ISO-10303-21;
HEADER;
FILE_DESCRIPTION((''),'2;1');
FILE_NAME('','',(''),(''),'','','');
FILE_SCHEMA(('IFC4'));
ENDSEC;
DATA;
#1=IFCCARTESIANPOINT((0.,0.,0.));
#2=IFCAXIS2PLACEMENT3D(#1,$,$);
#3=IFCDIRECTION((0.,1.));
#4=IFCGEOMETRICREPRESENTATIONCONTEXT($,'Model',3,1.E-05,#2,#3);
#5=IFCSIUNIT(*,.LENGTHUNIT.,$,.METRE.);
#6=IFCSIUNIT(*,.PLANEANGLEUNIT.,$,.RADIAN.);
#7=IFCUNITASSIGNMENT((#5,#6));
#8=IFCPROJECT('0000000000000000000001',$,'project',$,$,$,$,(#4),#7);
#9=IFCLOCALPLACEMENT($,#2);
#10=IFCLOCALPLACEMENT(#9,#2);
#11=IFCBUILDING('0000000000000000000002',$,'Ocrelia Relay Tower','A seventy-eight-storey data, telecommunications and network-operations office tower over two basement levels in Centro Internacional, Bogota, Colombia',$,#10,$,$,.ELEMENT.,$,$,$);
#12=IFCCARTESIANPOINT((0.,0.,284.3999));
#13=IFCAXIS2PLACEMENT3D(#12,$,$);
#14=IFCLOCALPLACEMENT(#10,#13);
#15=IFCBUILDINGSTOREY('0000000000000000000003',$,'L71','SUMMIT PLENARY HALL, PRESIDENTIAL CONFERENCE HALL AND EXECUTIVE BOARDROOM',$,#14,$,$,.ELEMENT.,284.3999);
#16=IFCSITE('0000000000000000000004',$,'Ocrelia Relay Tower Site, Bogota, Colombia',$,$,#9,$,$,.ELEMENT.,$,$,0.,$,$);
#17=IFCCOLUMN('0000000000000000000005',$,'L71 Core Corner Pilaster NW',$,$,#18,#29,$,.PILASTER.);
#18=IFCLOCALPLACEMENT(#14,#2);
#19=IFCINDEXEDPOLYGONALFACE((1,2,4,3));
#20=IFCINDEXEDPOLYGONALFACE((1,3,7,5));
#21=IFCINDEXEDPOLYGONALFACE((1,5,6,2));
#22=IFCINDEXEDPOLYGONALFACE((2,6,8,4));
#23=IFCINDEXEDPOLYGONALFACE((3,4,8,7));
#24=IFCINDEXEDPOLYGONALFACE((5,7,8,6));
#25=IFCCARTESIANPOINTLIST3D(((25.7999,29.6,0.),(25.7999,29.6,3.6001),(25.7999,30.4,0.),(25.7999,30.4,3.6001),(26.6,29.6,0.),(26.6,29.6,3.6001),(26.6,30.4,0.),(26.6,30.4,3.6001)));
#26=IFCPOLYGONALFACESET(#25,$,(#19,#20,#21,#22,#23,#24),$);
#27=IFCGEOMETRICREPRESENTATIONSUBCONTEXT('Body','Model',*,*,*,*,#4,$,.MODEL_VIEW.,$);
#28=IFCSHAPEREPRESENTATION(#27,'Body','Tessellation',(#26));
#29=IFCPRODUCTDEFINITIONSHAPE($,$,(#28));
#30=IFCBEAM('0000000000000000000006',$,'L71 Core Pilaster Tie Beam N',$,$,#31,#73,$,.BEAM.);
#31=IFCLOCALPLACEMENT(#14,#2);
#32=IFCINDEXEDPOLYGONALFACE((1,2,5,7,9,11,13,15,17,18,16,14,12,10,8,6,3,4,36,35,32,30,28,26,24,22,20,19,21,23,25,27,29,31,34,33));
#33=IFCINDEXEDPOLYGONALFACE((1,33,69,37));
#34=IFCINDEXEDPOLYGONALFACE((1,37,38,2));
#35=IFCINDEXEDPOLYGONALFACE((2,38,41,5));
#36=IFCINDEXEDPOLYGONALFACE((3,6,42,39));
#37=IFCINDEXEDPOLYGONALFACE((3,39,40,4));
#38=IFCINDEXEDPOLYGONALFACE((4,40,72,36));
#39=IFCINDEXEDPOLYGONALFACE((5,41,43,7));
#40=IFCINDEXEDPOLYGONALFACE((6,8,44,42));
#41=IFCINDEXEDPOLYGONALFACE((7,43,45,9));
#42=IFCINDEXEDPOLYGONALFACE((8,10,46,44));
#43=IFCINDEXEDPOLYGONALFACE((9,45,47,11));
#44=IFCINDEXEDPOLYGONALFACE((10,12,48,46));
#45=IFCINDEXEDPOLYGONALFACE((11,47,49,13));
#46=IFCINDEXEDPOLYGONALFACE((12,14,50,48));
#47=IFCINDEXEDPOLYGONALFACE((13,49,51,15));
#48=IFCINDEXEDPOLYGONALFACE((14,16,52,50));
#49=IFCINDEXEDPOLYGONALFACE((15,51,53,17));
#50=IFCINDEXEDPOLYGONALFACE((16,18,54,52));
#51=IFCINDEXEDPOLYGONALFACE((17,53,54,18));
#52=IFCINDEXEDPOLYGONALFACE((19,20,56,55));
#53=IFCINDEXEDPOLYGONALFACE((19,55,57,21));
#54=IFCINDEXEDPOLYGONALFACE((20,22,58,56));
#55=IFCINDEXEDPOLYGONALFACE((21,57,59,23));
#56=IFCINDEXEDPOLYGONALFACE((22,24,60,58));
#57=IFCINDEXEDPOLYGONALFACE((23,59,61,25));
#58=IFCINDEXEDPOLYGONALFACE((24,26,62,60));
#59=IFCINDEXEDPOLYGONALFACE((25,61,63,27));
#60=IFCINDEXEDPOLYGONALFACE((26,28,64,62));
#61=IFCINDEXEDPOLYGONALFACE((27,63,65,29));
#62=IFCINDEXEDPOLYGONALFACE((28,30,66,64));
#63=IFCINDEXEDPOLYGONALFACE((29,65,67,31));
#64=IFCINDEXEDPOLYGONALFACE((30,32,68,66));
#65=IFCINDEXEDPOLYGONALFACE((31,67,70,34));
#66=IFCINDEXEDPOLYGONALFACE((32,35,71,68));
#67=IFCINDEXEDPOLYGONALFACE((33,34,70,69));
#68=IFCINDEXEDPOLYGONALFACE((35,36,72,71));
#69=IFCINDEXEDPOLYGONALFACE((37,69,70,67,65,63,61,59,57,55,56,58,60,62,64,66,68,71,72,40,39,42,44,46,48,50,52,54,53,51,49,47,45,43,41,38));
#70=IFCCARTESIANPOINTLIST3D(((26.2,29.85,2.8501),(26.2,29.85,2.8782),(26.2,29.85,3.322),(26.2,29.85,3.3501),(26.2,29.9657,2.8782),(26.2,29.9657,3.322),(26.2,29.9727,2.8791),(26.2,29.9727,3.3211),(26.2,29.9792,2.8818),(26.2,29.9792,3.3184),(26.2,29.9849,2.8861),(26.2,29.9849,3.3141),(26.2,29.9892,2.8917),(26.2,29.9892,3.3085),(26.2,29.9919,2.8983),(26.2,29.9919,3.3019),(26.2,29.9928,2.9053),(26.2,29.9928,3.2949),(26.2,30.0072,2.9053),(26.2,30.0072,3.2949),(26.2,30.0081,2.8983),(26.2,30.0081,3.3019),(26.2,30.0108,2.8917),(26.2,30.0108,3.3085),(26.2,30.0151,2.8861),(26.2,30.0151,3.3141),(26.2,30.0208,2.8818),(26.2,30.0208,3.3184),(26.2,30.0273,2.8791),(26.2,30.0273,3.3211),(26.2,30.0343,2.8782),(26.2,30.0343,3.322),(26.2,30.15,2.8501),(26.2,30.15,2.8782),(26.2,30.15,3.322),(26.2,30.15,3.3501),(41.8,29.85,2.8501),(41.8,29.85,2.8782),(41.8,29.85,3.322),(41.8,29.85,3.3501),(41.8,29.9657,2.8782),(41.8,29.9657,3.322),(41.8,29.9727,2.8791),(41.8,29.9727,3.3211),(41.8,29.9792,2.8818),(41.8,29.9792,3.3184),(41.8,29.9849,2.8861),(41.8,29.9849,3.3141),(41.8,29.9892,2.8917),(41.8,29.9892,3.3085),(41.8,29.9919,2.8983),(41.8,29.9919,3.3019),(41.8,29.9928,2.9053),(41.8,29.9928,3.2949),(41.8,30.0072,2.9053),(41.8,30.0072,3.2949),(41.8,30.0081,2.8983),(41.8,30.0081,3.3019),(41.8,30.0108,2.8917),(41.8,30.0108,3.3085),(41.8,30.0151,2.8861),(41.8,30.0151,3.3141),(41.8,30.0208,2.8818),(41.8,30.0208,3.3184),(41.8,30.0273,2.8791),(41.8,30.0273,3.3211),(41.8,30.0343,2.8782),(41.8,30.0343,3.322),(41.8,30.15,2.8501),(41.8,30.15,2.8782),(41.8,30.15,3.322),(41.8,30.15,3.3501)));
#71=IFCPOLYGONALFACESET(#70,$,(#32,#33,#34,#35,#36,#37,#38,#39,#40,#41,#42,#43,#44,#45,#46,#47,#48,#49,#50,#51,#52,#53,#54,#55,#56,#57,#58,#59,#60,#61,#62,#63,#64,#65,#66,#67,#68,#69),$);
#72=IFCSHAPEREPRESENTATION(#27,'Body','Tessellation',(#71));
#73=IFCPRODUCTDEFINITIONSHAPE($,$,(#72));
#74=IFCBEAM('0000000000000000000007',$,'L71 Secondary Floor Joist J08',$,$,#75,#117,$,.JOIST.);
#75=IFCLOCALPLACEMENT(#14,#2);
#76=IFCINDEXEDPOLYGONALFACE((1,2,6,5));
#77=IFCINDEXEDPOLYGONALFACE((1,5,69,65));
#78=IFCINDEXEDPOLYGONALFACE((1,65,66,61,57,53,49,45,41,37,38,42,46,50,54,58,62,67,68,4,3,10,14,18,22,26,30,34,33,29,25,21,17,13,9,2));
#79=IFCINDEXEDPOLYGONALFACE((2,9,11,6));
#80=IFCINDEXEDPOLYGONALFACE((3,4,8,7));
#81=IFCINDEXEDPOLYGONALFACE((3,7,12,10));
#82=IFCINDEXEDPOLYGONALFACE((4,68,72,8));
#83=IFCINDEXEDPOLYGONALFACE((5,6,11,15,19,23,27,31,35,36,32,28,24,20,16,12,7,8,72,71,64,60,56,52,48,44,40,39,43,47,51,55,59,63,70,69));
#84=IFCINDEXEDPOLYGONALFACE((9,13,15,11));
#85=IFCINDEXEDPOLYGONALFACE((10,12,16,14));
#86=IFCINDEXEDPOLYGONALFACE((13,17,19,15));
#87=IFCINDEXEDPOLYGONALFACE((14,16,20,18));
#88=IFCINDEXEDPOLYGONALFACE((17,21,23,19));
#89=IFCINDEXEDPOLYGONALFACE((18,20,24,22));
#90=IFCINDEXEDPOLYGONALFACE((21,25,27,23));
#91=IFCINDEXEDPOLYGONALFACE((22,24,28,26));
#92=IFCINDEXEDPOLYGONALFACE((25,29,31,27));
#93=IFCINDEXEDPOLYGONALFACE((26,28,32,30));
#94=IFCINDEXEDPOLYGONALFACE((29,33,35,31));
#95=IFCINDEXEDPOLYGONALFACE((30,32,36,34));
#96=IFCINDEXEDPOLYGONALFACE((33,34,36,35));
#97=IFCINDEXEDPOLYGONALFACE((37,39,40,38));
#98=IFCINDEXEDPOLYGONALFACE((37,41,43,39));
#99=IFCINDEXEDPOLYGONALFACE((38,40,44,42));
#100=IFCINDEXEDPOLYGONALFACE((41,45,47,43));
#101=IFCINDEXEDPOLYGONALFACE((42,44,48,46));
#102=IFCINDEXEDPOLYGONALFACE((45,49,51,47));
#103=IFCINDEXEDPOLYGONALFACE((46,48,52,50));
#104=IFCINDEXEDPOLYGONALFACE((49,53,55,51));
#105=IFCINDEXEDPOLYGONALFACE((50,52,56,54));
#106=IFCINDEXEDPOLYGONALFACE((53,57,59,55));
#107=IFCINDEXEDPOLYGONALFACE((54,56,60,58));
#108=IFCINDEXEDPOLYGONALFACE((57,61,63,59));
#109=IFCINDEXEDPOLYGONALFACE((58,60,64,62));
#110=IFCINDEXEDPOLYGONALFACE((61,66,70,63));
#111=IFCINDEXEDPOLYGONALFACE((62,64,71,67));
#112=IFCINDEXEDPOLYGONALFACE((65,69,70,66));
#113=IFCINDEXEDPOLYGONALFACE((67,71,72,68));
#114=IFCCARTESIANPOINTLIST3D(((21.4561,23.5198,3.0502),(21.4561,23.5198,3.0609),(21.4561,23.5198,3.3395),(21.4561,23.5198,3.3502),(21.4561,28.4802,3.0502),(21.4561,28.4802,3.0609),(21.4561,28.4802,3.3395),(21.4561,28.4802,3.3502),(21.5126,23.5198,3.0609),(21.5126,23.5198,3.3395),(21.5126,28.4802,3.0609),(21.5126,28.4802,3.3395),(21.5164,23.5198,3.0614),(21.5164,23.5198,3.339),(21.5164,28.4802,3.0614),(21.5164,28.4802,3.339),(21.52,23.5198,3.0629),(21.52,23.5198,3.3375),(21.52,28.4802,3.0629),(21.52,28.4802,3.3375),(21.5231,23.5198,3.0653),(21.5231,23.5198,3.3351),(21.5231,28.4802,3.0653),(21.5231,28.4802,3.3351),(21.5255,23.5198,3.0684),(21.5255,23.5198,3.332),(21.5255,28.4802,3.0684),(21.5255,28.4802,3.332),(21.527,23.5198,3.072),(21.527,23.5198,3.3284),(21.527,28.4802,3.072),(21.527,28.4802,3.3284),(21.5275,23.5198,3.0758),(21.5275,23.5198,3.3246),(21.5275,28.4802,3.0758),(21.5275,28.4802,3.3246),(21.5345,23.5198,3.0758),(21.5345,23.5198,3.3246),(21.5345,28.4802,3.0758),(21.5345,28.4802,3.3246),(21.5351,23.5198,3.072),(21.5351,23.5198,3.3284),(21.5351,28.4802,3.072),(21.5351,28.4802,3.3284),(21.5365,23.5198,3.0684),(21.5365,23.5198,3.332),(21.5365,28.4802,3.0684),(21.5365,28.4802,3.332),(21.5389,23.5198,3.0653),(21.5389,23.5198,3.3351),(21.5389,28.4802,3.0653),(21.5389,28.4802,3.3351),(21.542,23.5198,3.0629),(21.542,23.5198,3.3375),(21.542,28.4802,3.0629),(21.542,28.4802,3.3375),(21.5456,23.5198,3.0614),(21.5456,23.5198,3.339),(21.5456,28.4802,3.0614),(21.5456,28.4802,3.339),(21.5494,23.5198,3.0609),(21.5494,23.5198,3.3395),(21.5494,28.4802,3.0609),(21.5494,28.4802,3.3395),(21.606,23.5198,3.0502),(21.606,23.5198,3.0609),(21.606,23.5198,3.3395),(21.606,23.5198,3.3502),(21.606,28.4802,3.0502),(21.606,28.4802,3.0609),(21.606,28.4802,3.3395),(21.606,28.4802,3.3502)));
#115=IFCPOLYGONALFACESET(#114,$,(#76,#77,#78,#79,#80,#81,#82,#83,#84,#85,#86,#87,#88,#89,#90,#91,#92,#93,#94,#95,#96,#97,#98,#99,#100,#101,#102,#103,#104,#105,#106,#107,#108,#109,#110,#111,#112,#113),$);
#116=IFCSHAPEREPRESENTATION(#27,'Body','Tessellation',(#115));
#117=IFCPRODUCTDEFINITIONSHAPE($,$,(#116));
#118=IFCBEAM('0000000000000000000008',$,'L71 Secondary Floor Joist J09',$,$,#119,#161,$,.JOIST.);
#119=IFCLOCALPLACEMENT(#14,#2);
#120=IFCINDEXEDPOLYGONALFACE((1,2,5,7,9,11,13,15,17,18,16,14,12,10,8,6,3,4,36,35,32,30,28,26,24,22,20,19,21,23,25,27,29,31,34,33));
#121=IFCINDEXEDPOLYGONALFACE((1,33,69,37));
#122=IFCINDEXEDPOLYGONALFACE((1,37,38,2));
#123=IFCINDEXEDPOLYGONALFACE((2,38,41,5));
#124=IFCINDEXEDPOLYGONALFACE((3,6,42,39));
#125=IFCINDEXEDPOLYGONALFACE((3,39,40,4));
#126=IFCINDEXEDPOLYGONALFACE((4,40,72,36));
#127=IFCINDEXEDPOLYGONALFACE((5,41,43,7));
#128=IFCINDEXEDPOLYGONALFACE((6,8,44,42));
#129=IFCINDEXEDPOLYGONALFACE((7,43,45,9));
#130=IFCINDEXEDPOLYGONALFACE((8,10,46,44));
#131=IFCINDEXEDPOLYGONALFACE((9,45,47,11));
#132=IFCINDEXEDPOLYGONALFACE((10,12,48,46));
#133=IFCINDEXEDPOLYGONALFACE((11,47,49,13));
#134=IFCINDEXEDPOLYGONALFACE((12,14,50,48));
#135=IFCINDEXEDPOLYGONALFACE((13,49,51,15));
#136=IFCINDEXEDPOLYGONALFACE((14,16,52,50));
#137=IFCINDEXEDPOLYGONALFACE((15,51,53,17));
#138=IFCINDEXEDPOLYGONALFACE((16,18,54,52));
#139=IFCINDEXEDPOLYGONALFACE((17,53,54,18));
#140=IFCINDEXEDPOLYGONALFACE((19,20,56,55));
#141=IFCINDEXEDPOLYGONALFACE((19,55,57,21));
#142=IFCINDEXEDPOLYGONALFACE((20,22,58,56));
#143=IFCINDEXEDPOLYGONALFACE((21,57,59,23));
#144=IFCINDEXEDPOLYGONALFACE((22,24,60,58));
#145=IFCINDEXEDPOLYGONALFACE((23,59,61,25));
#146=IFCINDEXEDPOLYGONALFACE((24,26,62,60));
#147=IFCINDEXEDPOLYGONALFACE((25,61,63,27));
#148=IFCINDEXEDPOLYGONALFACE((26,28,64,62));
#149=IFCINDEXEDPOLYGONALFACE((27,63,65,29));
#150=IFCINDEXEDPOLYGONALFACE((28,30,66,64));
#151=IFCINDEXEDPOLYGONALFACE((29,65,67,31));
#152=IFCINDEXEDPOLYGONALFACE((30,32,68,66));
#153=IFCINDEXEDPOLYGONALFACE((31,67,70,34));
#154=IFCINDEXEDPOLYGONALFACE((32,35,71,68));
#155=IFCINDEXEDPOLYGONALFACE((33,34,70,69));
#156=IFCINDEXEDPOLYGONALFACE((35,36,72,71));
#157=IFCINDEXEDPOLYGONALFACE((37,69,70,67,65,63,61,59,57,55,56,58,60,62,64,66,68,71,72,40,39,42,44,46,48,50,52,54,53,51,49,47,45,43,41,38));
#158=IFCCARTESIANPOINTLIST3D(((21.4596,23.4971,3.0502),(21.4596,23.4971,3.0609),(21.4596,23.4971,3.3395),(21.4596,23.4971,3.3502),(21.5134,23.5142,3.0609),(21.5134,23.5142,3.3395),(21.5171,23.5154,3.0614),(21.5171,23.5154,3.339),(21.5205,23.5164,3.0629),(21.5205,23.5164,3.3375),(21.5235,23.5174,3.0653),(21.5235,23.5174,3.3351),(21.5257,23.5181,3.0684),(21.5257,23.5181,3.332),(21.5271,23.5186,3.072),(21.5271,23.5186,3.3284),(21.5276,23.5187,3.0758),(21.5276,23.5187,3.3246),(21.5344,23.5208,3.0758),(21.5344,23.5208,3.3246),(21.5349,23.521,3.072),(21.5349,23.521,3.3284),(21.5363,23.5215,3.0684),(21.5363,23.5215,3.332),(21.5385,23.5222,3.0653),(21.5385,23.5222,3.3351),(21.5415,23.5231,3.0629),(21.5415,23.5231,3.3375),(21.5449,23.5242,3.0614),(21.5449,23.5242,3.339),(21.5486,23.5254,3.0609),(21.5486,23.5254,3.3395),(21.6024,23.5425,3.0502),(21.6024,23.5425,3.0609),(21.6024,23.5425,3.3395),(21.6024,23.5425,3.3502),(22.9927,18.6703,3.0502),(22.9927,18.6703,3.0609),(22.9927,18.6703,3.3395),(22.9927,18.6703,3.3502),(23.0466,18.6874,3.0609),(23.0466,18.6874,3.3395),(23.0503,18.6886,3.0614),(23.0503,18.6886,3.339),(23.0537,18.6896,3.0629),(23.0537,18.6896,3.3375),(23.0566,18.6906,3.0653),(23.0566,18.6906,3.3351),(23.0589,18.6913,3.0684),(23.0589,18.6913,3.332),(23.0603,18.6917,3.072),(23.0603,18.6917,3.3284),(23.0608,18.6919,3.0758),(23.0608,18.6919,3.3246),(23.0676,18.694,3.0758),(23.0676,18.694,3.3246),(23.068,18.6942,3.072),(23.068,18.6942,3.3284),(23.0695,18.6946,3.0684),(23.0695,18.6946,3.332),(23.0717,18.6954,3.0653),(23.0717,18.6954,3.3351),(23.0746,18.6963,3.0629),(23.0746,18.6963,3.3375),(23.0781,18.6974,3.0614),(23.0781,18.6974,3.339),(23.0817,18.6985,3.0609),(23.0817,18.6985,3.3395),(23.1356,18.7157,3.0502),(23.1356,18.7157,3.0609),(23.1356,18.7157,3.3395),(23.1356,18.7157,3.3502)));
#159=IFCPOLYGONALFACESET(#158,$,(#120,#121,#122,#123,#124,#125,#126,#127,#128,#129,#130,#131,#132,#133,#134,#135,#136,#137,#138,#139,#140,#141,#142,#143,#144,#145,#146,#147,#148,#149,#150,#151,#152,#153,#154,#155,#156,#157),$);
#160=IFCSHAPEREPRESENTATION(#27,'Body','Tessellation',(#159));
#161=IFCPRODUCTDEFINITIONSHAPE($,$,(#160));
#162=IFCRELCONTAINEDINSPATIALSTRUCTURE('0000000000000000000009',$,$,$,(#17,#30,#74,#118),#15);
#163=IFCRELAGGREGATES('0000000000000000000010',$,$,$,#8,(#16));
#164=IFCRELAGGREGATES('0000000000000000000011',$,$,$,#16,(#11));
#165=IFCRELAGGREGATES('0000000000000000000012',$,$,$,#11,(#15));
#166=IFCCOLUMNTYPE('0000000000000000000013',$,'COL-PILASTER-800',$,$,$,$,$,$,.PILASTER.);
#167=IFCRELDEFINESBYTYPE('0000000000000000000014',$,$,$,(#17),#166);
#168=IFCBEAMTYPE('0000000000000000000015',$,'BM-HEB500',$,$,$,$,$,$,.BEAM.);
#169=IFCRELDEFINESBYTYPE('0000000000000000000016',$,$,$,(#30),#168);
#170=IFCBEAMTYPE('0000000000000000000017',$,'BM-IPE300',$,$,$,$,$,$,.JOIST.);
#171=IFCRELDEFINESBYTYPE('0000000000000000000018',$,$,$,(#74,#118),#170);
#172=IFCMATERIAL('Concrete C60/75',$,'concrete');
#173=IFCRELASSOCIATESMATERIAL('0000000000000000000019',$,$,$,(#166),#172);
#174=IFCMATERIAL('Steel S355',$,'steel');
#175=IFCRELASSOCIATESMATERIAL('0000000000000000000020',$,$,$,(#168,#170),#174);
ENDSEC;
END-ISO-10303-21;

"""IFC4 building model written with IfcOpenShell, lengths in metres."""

from ifc_helpers import new_model, si_unit, direction, frame, origin, origin_2d, place, context, subcontext, project, spatial, rectangle, i_section, extrude, material, material_profile, profile_set, type_object, element, save


model = new_model("IFC4")

# Units and contexts
model_context = context("Model", 3, precision=1e-05, world=origin(), true_north=direction((0.0, 1.0)))
body_context = subcontext(model_context, "Body", "Model", "MODEL_VIEW")
ifc_project = project(units=[si_unit("LENGTHUNIT", "METRE"), si_unit("PLANEANGLEUNIT", "RADIAN")], contexts=[model_context])

# Site, building, storey
site_placement = place(None, origin())
site = spatial("IfcSite", under=ifc_project, at=site_placement, Name="Ocrelia Relay Tower Site, Bogota, Colombia", CompositionType="ELEMENT", RefElevation=0.0)
building_placement = place(site_placement, origin())
building = spatial("IfcBuilding", under=site, at=building_placement, Name="Ocrelia Relay Tower", Description="A seventy-eight-storey data, telecommunications and network-operations office tower over two basement levels in Centro Internacional, Bogota, Colombia", CompositionType="ELEMENT")
storey_placement = place(building_placement, frame((0.0, 0.0, 284.3999)))
storey = spatial("IfcBuildingStorey", under=building, at=storey_placement, Name="L71", Description="SUMMIT PLENARY HALL, PRESIDENTIAL CONFERENCE HALL AND EXECUTIVE BOARDROOM", CompositionType="ELEMENT", Elevation=284.3999)

# Column
ifc_material_1 = material(Name="Concrete C60/75", Category="concrete")
ifc_material_profile_1 = material_profile(ifc_material_1, rectangle(XDim=0.8, YDim=0.8, at=origin_2d()), Name="RC-COL-800x800")
ifc_profile_set_1 = profile_set([ifc_material_profile_1], Name="Concrete C60/75")
column_type = type_object("IfcColumnType", Name="COL-PILASTER-800", PredefinedType="PILASTER", material=ifc_profile_set_1)
column_placement = place(storey_placement, frame((26.2, 30.0, 0.0), z_axis=(0.0, 0.0, 1.0), x_axis=(1.0, 0.0, 0.0)))
element("IfcColumn", 1, at=column_placement, inside=storey, type_object=column_type, Name="L71 Core Corner Pilaster NW", PredefinedType="PILASTER", context=body_context, shape_type="SweptSolid", body=[
    extrude(rectangle(XDim=0.8, YDim=0.8, at=origin_2d()), origin(), (0.0, 0.0, 1.0), 3.6001),
])

# Beams
ifc_material_2 = material(Name="Steel S355", Category="steel")
ifc_material_profile_2 = material_profile(ifc_material_2, i_section(OverallWidth=0.3, OverallDepth=0.5, WebThickness=0.0144, FlangeThickness=0.0281, FilletRadius=0.0271, at=origin_2d()), Name="HEB 500")
ifc_profile_set_2 = profile_set([ifc_material_profile_2], Name="Steel S355")
beam_type_1 = type_object("IfcBeamType", Name="BM-HEB500", PredefinedType="BEAM", material=ifc_profile_set_2)
beam_1_placement = place(storey_placement, frame((26.2, 30.0, 3.1001), z_axis=(1.0, 0.0, 0.0), x_axis=(0.0, 1.0, 0.0)))
element("IfcBeam", 2, at=beam_1_placement, inside=storey, type_object=beam_type_1, Name="L71 Core Pilaster Tie Beam N", PredefinedType="BEAM", context=body_context, shape_type="SweptSolid", body=[
    extrude(i_section(OverallWidth=0.3, OverallDepth=0.5, WebThickness=0.0144, FlangeThickness=0.0281, FilletRadius=0.0271, at=origin_2d()), origin(), (0.0, 0.0, 1.0), 15.6001),
])
ifc_material_profile_3 = material_profile(ifc_material_2, i_section(OverallWidth=0.1499, OverallDepth=0.3, WebThickness=0.0071, FlangeThickness=0.0107, FilletRadius=0.0149, at=origin_2d()), Name="IPE 300")
ifc_profile_set_3 = profile_set([ifc_material_profile_3], Name="Steel S355")
beam_type_2 = type_object("IfcBeamType", Name="BM-IPE300", PredefinedType="JOIST", material=ifc_profile_set_3)
beam_2_placement = place(storey_placement, frame((21.531, 28.4802, 3.2002), z_axis=(0.0, -1.0, 0.0), x_axis=(1.0, 0.0, 0.0)))
element("IfcBeam", 3, at=beam_2_placement, inside=storey, type_object=beam_type_2, Name="L71 Secondary Floor Joist J08", PredefinedType="JOIST", context=body_context, shape_type="SweptSolid", body=[
    extrude(i_section(OverallWidth=0.1499, OverallDepth=0.3, WebThickness=0.0071, FlangeThickness=0.0107, FilletRadius=0.0149, at=origin_2d()), origin(), (0.0, 0.0, 1.0), 4.9604),
])
beam_3_placement = place(storey_placement, frame((21.531, 23.5198, 3.2002), z_axis=(0.302732, -0.953076, 0.0), x_axis=(0.953076, 0.302732, 0.0)))
element("IfcBeam", 4, at=beam_3_placement, inside=storey, type_object=beam_type_2, Name="L71 Secondary Floor Joist J09", PredefinedType="JOIST", context=body_context, shape_type="SweptSolid", body=[
    extrude(i_section(OverallWidth=0.1499, OverallDepth=0.3, WebThickness=0.0071, FlangeThickness=0.0107, FilletRadius=0.0149, at=origin_2d()), origin(), (0.0, 0.0, 1.0), 5.0645),
])

save(model, "model.ifc")
